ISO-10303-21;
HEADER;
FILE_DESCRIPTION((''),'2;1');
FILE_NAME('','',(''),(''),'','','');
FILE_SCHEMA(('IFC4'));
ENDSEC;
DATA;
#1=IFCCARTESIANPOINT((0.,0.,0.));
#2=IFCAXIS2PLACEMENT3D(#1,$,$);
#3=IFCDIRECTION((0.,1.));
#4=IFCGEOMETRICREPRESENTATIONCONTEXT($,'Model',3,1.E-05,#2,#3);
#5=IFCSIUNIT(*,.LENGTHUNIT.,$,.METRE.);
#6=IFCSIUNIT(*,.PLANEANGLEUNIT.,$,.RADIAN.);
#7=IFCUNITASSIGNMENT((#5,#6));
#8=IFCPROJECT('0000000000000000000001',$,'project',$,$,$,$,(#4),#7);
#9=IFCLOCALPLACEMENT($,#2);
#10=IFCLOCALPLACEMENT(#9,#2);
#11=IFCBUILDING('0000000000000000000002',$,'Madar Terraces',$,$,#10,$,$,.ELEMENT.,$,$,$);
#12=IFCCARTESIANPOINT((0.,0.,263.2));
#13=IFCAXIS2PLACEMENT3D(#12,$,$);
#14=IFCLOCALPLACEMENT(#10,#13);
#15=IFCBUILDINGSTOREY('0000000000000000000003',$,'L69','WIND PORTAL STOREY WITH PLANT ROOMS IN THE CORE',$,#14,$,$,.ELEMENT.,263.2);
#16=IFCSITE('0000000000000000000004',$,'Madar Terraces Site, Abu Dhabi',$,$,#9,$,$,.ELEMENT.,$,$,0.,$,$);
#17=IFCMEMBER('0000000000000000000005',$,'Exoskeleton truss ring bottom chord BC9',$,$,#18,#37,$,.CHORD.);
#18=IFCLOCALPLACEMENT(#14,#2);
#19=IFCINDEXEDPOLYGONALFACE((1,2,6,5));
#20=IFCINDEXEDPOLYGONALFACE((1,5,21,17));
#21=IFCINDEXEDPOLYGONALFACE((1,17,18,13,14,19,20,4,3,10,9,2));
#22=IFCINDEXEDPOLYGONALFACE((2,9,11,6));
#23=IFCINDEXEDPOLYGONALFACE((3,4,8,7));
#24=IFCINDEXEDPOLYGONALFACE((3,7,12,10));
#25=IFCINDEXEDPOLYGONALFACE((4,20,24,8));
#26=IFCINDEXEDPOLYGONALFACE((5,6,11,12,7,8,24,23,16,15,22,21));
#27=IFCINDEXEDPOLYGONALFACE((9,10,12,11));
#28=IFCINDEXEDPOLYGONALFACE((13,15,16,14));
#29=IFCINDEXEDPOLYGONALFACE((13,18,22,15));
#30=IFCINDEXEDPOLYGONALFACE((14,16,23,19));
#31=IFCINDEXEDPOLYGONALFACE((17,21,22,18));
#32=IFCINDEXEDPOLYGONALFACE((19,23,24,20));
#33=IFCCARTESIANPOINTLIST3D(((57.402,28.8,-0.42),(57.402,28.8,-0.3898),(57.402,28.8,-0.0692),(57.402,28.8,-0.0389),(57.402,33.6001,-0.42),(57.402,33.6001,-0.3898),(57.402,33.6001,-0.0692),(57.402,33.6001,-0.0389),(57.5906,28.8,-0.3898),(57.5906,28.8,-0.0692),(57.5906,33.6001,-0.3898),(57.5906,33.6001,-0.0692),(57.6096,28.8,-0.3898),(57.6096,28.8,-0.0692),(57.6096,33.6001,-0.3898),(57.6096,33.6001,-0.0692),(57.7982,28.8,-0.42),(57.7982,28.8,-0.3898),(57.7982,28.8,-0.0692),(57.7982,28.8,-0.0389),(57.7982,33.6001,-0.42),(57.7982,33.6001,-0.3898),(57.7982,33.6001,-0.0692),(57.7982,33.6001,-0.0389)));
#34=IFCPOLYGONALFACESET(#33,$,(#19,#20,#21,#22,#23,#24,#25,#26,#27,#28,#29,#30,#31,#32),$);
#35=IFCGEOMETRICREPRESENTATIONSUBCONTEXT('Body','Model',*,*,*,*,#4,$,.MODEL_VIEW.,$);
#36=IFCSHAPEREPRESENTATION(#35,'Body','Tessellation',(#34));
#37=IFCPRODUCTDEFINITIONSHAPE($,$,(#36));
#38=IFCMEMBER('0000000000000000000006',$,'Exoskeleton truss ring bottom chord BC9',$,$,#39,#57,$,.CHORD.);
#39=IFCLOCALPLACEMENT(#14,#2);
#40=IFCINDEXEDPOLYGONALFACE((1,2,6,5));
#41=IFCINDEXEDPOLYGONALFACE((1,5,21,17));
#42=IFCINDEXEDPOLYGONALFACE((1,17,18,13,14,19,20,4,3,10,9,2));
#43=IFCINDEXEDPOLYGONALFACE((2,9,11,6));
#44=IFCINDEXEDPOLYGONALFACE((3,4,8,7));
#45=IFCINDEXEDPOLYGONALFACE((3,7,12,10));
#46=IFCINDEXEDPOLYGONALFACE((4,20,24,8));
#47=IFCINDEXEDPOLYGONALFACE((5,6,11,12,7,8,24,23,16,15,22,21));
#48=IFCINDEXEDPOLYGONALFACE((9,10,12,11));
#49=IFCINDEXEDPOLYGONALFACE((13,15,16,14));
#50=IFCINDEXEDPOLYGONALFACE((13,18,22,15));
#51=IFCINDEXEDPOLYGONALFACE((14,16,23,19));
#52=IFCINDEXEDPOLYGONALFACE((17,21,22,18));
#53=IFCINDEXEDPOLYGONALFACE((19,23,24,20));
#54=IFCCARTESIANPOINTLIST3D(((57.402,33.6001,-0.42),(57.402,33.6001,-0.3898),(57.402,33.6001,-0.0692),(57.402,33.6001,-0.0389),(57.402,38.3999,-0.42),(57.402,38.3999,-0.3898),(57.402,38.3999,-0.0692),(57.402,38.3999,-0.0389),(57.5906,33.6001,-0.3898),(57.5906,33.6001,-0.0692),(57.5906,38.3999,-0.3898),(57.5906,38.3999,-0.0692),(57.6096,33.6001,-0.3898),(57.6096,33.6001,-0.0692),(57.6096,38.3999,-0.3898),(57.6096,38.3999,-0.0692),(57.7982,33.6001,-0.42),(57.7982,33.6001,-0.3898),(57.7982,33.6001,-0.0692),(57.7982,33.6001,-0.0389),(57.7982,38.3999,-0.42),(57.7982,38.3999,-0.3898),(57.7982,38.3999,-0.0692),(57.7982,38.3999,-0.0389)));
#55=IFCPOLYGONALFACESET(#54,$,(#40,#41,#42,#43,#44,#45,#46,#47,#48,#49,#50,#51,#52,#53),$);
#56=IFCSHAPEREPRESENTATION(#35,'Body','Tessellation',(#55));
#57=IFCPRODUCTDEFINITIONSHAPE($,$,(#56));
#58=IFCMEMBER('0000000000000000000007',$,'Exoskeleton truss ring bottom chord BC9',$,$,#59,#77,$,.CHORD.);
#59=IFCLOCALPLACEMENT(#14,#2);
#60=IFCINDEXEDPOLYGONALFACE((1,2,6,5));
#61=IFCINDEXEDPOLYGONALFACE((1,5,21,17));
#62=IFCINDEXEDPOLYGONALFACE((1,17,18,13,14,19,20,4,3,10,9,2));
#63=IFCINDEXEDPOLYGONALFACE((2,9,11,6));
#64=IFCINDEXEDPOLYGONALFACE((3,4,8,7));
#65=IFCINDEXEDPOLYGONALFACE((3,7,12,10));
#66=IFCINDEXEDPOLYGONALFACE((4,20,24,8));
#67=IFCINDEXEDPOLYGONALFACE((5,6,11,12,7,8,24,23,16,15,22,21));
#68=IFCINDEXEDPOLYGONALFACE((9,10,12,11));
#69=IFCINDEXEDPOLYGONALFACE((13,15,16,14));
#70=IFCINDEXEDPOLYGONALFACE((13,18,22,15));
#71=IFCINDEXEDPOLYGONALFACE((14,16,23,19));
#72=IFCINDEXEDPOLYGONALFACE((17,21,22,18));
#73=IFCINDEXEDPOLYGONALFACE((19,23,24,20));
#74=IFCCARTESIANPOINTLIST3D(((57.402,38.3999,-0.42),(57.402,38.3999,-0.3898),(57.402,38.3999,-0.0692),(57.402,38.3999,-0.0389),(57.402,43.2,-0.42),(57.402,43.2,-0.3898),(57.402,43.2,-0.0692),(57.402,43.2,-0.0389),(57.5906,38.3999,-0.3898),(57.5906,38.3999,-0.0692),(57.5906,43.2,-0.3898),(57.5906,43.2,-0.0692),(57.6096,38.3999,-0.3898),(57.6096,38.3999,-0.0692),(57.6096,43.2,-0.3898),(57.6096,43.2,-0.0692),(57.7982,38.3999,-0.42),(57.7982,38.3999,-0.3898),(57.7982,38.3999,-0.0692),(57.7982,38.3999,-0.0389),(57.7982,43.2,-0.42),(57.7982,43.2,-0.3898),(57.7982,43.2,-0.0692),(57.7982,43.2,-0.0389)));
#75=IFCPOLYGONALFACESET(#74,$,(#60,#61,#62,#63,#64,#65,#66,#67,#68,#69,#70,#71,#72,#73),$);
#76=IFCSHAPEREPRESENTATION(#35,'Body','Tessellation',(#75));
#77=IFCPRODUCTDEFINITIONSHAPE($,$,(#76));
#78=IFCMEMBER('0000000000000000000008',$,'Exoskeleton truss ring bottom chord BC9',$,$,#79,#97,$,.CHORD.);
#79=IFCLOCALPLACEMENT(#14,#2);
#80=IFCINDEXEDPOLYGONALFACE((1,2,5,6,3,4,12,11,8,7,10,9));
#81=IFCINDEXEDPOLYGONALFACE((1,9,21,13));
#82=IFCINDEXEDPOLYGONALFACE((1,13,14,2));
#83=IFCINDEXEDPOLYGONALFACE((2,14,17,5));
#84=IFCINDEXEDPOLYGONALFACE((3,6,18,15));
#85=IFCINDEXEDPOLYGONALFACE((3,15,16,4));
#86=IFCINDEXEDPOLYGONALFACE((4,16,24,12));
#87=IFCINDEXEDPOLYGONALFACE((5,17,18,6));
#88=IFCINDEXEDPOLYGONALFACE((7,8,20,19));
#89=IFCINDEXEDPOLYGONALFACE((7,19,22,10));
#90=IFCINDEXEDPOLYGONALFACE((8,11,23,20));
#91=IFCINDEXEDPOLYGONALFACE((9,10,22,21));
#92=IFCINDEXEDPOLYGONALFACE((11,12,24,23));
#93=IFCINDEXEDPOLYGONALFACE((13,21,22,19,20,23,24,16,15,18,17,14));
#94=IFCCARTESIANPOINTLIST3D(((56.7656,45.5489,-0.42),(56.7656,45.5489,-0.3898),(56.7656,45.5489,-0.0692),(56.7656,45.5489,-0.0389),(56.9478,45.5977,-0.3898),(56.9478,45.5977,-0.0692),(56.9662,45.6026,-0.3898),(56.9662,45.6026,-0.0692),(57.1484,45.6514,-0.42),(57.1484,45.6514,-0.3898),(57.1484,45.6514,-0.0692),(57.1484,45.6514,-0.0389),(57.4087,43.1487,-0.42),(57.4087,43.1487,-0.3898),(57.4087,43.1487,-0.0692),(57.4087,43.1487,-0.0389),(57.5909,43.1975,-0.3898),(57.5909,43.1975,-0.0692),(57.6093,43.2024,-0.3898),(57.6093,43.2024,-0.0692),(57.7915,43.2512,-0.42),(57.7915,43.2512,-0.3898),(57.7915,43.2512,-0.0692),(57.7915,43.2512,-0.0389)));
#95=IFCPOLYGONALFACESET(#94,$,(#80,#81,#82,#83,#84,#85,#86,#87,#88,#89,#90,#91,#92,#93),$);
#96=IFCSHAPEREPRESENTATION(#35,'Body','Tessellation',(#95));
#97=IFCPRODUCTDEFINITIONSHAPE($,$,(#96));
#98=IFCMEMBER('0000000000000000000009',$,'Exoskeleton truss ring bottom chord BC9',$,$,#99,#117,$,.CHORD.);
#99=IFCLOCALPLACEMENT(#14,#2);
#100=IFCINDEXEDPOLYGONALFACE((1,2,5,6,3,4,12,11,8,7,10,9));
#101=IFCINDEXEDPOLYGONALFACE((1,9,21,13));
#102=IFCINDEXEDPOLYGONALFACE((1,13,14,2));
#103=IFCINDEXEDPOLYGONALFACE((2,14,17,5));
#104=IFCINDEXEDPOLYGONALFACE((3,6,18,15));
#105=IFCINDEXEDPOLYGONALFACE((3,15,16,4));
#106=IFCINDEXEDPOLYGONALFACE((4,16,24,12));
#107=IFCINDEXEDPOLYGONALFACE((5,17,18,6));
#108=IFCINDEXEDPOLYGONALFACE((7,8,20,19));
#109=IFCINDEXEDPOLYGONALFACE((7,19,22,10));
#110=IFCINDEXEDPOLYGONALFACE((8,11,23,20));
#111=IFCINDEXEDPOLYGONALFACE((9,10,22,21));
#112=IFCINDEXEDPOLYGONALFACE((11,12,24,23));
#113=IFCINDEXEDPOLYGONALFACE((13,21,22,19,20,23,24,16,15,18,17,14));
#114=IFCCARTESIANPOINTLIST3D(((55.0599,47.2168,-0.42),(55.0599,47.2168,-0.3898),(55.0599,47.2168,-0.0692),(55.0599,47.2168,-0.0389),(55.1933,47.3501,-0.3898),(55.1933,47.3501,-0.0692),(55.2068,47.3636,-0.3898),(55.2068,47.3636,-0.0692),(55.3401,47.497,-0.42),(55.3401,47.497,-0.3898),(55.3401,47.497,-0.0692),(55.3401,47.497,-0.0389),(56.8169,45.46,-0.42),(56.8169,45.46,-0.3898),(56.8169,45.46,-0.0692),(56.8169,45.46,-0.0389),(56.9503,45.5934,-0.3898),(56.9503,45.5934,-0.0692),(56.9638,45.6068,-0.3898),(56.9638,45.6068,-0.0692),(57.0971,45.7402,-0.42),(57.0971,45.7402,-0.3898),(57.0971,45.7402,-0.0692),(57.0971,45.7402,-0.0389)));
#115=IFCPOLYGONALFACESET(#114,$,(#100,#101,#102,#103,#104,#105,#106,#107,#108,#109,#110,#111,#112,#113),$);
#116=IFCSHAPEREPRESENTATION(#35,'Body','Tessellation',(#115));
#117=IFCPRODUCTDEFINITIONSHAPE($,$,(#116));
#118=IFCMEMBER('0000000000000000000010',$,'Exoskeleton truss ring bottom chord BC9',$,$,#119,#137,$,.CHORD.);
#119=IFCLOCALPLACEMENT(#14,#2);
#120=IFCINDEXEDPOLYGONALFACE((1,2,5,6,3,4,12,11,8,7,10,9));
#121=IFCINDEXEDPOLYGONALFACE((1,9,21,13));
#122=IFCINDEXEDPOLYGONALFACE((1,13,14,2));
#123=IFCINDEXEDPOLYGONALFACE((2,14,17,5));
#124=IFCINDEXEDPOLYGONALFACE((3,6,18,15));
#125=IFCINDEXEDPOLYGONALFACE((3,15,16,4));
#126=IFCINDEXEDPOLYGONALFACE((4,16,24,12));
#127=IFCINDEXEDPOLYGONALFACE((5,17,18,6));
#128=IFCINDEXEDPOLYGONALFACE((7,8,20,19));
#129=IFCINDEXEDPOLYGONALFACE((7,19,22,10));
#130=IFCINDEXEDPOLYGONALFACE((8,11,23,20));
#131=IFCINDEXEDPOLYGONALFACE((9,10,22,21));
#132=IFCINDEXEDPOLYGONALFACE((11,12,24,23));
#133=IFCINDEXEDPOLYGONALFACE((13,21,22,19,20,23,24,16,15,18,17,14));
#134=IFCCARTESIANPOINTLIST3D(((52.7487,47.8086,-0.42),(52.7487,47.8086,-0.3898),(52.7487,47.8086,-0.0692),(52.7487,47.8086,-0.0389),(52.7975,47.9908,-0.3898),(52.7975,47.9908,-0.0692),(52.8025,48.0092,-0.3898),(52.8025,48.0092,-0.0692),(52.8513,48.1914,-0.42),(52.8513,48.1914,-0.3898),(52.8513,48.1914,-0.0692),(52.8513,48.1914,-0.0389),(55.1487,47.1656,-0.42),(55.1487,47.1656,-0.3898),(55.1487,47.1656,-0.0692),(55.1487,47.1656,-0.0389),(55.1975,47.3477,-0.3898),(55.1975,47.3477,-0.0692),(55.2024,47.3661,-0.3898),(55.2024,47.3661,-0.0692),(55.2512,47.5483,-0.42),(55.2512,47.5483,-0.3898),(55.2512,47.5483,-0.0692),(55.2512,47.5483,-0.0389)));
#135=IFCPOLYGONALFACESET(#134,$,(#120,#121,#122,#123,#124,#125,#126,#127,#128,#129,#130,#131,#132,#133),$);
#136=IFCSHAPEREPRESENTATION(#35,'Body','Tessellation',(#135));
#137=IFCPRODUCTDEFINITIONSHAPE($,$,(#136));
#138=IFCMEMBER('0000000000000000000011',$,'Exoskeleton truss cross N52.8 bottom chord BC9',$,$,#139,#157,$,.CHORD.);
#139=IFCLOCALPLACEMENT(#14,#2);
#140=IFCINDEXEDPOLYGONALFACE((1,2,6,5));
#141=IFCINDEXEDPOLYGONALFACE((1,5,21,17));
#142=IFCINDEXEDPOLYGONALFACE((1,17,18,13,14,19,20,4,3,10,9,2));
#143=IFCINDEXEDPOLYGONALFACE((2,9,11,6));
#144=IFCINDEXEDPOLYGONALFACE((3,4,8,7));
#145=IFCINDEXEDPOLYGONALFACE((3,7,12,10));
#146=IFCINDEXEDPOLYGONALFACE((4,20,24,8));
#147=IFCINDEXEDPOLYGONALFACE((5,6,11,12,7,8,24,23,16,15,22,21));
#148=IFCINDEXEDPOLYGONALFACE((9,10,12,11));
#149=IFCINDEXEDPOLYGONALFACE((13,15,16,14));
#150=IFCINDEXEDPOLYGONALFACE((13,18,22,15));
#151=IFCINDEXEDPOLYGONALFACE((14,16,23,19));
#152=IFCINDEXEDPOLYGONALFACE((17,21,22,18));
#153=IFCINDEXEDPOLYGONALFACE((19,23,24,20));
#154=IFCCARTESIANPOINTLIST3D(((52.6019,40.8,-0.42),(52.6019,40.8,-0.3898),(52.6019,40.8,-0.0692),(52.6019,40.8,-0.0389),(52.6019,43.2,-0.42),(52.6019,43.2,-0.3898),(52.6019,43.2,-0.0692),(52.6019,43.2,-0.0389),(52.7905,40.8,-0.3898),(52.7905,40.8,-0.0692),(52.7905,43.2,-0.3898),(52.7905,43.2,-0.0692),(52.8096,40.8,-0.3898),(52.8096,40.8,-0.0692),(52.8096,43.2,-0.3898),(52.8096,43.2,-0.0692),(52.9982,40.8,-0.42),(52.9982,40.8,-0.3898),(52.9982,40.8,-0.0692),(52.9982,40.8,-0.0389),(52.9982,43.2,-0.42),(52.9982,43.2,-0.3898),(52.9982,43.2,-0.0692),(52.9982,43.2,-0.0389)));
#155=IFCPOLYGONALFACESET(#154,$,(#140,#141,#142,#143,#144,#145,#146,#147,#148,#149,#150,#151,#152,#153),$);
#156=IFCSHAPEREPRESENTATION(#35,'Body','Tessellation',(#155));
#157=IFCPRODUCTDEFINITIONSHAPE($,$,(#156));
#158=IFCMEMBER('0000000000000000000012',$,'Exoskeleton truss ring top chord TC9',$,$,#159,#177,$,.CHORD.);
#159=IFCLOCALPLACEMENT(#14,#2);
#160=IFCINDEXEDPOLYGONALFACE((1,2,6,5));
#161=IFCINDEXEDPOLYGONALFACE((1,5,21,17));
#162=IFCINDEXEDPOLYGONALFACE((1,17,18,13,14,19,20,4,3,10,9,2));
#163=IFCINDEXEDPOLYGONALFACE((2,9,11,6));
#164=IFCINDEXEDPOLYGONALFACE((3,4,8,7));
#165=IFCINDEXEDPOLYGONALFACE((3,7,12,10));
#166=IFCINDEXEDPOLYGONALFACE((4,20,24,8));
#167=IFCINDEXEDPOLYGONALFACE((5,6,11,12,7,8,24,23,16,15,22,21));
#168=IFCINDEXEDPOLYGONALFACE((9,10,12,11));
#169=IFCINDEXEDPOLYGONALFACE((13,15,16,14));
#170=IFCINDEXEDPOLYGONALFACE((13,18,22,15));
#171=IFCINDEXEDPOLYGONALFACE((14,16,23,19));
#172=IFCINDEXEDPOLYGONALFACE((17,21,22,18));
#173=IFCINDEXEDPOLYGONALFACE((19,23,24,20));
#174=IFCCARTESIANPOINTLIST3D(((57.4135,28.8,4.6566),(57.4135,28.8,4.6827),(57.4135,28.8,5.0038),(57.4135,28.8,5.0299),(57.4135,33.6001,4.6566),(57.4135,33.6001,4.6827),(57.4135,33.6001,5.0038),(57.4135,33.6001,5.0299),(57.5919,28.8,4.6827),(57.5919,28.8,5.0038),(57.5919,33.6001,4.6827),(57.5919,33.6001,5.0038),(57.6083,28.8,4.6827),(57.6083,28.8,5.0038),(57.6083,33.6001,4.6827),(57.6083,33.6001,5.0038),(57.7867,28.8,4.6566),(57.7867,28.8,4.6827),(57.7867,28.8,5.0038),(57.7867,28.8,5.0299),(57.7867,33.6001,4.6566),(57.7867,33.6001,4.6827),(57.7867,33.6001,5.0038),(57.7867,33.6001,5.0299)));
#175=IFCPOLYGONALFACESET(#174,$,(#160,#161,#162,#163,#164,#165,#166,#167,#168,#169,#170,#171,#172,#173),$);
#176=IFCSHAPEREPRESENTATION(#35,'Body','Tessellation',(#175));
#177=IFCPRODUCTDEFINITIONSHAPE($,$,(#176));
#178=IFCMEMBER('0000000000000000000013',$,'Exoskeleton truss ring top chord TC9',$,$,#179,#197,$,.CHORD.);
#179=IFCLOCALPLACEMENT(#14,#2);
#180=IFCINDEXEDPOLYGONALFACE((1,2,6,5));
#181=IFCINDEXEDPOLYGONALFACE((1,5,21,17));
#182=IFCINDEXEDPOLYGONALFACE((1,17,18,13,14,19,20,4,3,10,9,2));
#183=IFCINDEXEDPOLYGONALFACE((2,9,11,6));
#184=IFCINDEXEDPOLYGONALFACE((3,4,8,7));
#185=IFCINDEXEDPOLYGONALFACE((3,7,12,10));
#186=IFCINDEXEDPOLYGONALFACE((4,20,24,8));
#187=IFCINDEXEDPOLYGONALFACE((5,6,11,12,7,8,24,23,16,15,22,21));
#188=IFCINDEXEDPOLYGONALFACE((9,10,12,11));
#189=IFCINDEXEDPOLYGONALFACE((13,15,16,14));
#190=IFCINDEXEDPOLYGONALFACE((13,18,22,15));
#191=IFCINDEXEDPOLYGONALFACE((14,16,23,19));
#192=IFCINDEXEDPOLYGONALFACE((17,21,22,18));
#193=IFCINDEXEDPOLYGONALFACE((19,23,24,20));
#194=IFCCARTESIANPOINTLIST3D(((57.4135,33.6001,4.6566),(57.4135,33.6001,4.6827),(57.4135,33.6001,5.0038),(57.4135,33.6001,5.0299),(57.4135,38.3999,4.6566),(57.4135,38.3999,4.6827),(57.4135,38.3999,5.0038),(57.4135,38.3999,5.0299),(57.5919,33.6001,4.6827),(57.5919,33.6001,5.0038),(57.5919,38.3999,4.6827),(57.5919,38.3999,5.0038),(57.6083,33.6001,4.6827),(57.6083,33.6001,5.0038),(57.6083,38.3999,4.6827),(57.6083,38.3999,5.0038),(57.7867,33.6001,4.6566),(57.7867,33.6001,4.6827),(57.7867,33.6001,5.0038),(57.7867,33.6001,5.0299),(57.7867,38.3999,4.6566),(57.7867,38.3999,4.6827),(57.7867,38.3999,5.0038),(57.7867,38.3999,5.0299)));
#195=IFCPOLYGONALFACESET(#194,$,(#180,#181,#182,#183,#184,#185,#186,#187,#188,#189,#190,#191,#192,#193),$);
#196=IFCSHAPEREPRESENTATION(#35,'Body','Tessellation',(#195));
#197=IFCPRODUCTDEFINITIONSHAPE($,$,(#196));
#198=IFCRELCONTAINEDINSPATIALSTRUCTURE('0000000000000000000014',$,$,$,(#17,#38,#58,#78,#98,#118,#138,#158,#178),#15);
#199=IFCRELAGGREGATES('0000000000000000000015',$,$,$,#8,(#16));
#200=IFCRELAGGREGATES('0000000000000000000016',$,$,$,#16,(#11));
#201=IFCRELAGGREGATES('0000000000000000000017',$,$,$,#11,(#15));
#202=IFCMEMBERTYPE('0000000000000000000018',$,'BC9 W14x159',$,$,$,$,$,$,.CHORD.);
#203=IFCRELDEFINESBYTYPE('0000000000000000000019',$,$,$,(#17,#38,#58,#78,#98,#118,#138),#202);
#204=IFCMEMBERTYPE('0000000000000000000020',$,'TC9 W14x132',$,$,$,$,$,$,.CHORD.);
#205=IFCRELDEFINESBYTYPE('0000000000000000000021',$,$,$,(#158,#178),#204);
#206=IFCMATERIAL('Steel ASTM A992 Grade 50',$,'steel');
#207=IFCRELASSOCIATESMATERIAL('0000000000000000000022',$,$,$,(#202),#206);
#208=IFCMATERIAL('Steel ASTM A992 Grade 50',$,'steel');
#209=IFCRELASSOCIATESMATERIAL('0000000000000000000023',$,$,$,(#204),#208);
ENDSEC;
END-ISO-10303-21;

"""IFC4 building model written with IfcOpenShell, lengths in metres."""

from ifc_helpers import new_model, si_unit, direction, frame, origin, origin_2d, place, context, subcontext, project, spatial, i_section, extrude, material, material_profile, profile_set, type_object, element, save


model = new_model("IFC4")

# Units and contexts
model_context = context("Model", 3, precision=1e-05, world=origin(), true_north=direction((0.0, 1.0)))
body_context = subcontext(model_context, "Body", "Model", "MODEL_VIEW")
ifc_project = project(units=[si_unit("LENGTHUNIT", "METRE"), si_unit("PLANEANGLEUNIT", "RADIAN")], contexts=[model_context])

# Site, building, storey
site_placement = place(None, origin())
site = spatial("IfcSite", under=ifc_project, at=site_placement, Name="Madar Terraces Site, Abu Dhabi", CompositionType="ELEMENT", RefElevation=0.0)
building_placement = place(site_placement, origin())
building = spatial("IfcBuilding", under=site, at=building_placement, Name="Madar Terraces", CompositionType="ELEMENT")
storey_placement = place(building_placement, frame((0.0, 0.0, 263.2)))
storey = spatial("IfcBuildingStorey", under=building, at=storey_placement, Name="L69", Description="WIND PORTAL STOREY WITH PLANT ROOMS IN THE CORE", CompositionType="ELEMENT", Elevation=263.2)

# Members
ifc_material_1 = material(Name="Steel ASTM A992 Grade 50", Category="steel")
ifc_material_profile_1 = material_profile(ifc_material_1, i_section(OverallWidth=0.3962, OverallDepth=0.3811, WebThickness=0.019, FlangeThickness=0.0303, at=origin_2d()), Name="W14x159")
ifc_profile_set_1 = profile_set([ifc_material_profile_1], Name="Steel ASTM A992 Grade 50")
member_type_1 = type_object("IfcMemberType", Name="BC9 W14x159", PredefinedType="CHORD", material=ifc_profile_set_1)
member_1_placement = place(storey_placement, frame((57.6001, 28.8, -0.2295), z_axis=(0.0, 1.0, 0.0), x_axis=(-1.0, 0.0, 0.0)))
element("IfcMember", 1, at=member_1_placement, inside=storey, type_object=member_type_1, Name="Exoskeleton truss ring bottom chord BC9", PredefinedType="CHORD", context=body_context, shape_type="SweptSolid", body=[
    extrude(i_section(OverallWidth=0.3962, OverallDepth=0.3811, WebThickness=0.019, FlangeThickness=0.0303, at=origin_2d()), origin(), (0.0, 0.0, 1.0), 4.8),
])
member_2_placement = place(storey_placement, frame((57.6001, 33.6001, -0.2295), z_axis=(0.0, 1.0, 0.0), x_axis=(-1.0, 0.0, 0.0)))
element("IfcMember", 2, at=member_2_placement, inside=storey, type_object=member_type_1, Name="Exoskeleton truss ring bottom chord BC9", PredefinedType="CHORD", context=body_context, shape_type="SweptSolid", body=[
    extrude(i_section(OverallWidth=0.3962, OverallDepth=0.3811, WebThickness=0.019, FlangeThickness=0.0303, at=origin_2d()), origin(), (0.0, 0.0, 1.0), 4.7998),
])
member_3_placement = place(storey_placement, frame((57.6001, 38.3999, -0.2295), z_axis=(0.0, 1.0, 0.0), x_axis=(-1.0, 0.0, 0.0)))
element("IfcMember", 3, at=member_3_placement, inside=storey, type_object=member_type_1, Name="Exoskeleton truss ring bottom chord BC9", PredefinedType="CHORD", context=body_context, shape_type="SweptSolid", body=[
    extrude(i_section(OverallWidth=0.3962, OverallDepth=0.3811, WebThickness=0.019, FlangeThickness=0.0303, at=origin_2d()), origin(), (0.0, 0.0, 1.0), 4.8),
])
member_4_placement = place(storey_placement, frame((57.6001, 43.2, -0.2295), z_axis=(-0.2588, 0.965931, 0.0), x_axis=(-0.965931, -0.2588, 0.0)))
element("IfcMember", 4, at=member_4_placement, inside=storey, type_object=member_type_1, Name="Exoskeleton truss ring bottom chord BC9", PredefinedType="CHORD", context=body_context, shape_type="SweptSolid", body=[
    extrude(i_section(OverallWidth=0.3962, OverallDepth=0.3811, WebThickness=0.019, FlangeThickness=0.0303, at=origin_2d()), origin(), (0.0, 0.0, 1.0), 2.4849),
])
for number, where, z_axis, x_axis, name in (
    (5, (56.957, 45.6001, -0.2295), (-0.707156, 0.707058, 0.0), (-0.707058, -0.707156, 0.0), "Exoskeleton truss ring bottom chord BC9"),
    (6, (55.2, 47.3569, -0.2295), (-0.965924, 0.258824, 0.0), (-0.258824, -0.965924, 0.0), "Exoskeleton truss ring bottom chord BC9"),
):
    element("IfcMember", number, at=place(storey_placement, frame(where, z_axis=z_axis, x_axis=x_axis)), inside=storey, type_object=member_type_1, Name=name, PredefinedType="CHORD", context=body_context, shape_type="SweptSolid", body=[
        extrude(i_section(OverallWidth=0.3962, OverallDepth=0.3811, WebThickness=0.019, FlangeThickness=0.0303, at=origin_2d()), origin(), (0.0, 0.0, 1.0), 2.4846),
    ])
member_5_placement = place(storey_placement, frame((52.8, 43.2, -0.2295), z_axis=(0.0, -1.0, 0.0), x_axis=(1.0, 0.0, 0.0)))
element("IfcMember", 7, at=member_5_placement, inside=storey, type_object=member_type_1, Name="Exoskeleton truss cross N52.8 bottom chord BC9", PredefinedType="CHORD", context=body_context, shape_type="SweptSolid", body=[
    extrude(i_section(OverallWidth=0.3962, OverallDepth=0.3811, WebThickness=0.019, FlangeThickness=0.0303, at=origin_2d()), origin(), (0.0, 0.0, 1.0), 2.3999),
])
ifc_material_2 = material(Name="Steel ASTM A992 Grade 50", Category="steel")
ifc_material_profile_2 = material_profile(ifc_material_2, i_section(OverallWidth=0.3733, OverallDepth=0.3733, WebThickness=0.0164, FlangeThickness=0.0261, at=origin_2d()), Name="W14x132")
ifc_profile_set_2 = profile_set([ifc_material_profile_2], Name="Steel ASTM A992 Grade 50")
member_type_2 = type_object("IfcMemberType", Name="TC9 W14x132", PredefinedType="CHORD", material=ifc_profile_set_2)
member_6_placement = place(storey_placement, frame((57.6001, 28.8, 4.8433), z_axis=(0.0, 1.0, 0.0), x_axis=(-1.0, 0.0, 0.0)))
element("IfcMember", 8, at=member_6_placement, inside=storey, type_object=member_type_2, Name="Exoskeleton truss ring top chord TC9", PredefinedType="CHORD", context=body_context, shape_type="SweptSolid", body=[
    extrude(i_section(OverallWidth=0.3733, OverallDepth=0.3733, WebThickness=0.0164, FlangeThickness=0.0261, at=origin_2d()), origin(), (0.0, 0.0, 1.0), 4.8),
])
member_7_placement = place(storey_placement, frame((57.6001, 33.6001, 4.8433), z_axis=(0.0, 1.0, 0.0), x_axis=(-1.0, 0.0, 0.0)))
element("IfcMember", 9, at=member_7_placement, inside=storey, type_object=member_type_2, Name="Exoskeleton truss ring top chord TC9", PredefinedType="CHORD", context=body_context, shape_type="SweptSolid", body=[
    extrude(i_section(OverallWidth=0.3733, OverallDepth=0.3733, WebThickness=0.0164, FlangeThickness=0.0261, at=origin_2d()), origin(), (0.0, 0.0, 1.0), 4.7998),
])

save(model, "model.ifc")
